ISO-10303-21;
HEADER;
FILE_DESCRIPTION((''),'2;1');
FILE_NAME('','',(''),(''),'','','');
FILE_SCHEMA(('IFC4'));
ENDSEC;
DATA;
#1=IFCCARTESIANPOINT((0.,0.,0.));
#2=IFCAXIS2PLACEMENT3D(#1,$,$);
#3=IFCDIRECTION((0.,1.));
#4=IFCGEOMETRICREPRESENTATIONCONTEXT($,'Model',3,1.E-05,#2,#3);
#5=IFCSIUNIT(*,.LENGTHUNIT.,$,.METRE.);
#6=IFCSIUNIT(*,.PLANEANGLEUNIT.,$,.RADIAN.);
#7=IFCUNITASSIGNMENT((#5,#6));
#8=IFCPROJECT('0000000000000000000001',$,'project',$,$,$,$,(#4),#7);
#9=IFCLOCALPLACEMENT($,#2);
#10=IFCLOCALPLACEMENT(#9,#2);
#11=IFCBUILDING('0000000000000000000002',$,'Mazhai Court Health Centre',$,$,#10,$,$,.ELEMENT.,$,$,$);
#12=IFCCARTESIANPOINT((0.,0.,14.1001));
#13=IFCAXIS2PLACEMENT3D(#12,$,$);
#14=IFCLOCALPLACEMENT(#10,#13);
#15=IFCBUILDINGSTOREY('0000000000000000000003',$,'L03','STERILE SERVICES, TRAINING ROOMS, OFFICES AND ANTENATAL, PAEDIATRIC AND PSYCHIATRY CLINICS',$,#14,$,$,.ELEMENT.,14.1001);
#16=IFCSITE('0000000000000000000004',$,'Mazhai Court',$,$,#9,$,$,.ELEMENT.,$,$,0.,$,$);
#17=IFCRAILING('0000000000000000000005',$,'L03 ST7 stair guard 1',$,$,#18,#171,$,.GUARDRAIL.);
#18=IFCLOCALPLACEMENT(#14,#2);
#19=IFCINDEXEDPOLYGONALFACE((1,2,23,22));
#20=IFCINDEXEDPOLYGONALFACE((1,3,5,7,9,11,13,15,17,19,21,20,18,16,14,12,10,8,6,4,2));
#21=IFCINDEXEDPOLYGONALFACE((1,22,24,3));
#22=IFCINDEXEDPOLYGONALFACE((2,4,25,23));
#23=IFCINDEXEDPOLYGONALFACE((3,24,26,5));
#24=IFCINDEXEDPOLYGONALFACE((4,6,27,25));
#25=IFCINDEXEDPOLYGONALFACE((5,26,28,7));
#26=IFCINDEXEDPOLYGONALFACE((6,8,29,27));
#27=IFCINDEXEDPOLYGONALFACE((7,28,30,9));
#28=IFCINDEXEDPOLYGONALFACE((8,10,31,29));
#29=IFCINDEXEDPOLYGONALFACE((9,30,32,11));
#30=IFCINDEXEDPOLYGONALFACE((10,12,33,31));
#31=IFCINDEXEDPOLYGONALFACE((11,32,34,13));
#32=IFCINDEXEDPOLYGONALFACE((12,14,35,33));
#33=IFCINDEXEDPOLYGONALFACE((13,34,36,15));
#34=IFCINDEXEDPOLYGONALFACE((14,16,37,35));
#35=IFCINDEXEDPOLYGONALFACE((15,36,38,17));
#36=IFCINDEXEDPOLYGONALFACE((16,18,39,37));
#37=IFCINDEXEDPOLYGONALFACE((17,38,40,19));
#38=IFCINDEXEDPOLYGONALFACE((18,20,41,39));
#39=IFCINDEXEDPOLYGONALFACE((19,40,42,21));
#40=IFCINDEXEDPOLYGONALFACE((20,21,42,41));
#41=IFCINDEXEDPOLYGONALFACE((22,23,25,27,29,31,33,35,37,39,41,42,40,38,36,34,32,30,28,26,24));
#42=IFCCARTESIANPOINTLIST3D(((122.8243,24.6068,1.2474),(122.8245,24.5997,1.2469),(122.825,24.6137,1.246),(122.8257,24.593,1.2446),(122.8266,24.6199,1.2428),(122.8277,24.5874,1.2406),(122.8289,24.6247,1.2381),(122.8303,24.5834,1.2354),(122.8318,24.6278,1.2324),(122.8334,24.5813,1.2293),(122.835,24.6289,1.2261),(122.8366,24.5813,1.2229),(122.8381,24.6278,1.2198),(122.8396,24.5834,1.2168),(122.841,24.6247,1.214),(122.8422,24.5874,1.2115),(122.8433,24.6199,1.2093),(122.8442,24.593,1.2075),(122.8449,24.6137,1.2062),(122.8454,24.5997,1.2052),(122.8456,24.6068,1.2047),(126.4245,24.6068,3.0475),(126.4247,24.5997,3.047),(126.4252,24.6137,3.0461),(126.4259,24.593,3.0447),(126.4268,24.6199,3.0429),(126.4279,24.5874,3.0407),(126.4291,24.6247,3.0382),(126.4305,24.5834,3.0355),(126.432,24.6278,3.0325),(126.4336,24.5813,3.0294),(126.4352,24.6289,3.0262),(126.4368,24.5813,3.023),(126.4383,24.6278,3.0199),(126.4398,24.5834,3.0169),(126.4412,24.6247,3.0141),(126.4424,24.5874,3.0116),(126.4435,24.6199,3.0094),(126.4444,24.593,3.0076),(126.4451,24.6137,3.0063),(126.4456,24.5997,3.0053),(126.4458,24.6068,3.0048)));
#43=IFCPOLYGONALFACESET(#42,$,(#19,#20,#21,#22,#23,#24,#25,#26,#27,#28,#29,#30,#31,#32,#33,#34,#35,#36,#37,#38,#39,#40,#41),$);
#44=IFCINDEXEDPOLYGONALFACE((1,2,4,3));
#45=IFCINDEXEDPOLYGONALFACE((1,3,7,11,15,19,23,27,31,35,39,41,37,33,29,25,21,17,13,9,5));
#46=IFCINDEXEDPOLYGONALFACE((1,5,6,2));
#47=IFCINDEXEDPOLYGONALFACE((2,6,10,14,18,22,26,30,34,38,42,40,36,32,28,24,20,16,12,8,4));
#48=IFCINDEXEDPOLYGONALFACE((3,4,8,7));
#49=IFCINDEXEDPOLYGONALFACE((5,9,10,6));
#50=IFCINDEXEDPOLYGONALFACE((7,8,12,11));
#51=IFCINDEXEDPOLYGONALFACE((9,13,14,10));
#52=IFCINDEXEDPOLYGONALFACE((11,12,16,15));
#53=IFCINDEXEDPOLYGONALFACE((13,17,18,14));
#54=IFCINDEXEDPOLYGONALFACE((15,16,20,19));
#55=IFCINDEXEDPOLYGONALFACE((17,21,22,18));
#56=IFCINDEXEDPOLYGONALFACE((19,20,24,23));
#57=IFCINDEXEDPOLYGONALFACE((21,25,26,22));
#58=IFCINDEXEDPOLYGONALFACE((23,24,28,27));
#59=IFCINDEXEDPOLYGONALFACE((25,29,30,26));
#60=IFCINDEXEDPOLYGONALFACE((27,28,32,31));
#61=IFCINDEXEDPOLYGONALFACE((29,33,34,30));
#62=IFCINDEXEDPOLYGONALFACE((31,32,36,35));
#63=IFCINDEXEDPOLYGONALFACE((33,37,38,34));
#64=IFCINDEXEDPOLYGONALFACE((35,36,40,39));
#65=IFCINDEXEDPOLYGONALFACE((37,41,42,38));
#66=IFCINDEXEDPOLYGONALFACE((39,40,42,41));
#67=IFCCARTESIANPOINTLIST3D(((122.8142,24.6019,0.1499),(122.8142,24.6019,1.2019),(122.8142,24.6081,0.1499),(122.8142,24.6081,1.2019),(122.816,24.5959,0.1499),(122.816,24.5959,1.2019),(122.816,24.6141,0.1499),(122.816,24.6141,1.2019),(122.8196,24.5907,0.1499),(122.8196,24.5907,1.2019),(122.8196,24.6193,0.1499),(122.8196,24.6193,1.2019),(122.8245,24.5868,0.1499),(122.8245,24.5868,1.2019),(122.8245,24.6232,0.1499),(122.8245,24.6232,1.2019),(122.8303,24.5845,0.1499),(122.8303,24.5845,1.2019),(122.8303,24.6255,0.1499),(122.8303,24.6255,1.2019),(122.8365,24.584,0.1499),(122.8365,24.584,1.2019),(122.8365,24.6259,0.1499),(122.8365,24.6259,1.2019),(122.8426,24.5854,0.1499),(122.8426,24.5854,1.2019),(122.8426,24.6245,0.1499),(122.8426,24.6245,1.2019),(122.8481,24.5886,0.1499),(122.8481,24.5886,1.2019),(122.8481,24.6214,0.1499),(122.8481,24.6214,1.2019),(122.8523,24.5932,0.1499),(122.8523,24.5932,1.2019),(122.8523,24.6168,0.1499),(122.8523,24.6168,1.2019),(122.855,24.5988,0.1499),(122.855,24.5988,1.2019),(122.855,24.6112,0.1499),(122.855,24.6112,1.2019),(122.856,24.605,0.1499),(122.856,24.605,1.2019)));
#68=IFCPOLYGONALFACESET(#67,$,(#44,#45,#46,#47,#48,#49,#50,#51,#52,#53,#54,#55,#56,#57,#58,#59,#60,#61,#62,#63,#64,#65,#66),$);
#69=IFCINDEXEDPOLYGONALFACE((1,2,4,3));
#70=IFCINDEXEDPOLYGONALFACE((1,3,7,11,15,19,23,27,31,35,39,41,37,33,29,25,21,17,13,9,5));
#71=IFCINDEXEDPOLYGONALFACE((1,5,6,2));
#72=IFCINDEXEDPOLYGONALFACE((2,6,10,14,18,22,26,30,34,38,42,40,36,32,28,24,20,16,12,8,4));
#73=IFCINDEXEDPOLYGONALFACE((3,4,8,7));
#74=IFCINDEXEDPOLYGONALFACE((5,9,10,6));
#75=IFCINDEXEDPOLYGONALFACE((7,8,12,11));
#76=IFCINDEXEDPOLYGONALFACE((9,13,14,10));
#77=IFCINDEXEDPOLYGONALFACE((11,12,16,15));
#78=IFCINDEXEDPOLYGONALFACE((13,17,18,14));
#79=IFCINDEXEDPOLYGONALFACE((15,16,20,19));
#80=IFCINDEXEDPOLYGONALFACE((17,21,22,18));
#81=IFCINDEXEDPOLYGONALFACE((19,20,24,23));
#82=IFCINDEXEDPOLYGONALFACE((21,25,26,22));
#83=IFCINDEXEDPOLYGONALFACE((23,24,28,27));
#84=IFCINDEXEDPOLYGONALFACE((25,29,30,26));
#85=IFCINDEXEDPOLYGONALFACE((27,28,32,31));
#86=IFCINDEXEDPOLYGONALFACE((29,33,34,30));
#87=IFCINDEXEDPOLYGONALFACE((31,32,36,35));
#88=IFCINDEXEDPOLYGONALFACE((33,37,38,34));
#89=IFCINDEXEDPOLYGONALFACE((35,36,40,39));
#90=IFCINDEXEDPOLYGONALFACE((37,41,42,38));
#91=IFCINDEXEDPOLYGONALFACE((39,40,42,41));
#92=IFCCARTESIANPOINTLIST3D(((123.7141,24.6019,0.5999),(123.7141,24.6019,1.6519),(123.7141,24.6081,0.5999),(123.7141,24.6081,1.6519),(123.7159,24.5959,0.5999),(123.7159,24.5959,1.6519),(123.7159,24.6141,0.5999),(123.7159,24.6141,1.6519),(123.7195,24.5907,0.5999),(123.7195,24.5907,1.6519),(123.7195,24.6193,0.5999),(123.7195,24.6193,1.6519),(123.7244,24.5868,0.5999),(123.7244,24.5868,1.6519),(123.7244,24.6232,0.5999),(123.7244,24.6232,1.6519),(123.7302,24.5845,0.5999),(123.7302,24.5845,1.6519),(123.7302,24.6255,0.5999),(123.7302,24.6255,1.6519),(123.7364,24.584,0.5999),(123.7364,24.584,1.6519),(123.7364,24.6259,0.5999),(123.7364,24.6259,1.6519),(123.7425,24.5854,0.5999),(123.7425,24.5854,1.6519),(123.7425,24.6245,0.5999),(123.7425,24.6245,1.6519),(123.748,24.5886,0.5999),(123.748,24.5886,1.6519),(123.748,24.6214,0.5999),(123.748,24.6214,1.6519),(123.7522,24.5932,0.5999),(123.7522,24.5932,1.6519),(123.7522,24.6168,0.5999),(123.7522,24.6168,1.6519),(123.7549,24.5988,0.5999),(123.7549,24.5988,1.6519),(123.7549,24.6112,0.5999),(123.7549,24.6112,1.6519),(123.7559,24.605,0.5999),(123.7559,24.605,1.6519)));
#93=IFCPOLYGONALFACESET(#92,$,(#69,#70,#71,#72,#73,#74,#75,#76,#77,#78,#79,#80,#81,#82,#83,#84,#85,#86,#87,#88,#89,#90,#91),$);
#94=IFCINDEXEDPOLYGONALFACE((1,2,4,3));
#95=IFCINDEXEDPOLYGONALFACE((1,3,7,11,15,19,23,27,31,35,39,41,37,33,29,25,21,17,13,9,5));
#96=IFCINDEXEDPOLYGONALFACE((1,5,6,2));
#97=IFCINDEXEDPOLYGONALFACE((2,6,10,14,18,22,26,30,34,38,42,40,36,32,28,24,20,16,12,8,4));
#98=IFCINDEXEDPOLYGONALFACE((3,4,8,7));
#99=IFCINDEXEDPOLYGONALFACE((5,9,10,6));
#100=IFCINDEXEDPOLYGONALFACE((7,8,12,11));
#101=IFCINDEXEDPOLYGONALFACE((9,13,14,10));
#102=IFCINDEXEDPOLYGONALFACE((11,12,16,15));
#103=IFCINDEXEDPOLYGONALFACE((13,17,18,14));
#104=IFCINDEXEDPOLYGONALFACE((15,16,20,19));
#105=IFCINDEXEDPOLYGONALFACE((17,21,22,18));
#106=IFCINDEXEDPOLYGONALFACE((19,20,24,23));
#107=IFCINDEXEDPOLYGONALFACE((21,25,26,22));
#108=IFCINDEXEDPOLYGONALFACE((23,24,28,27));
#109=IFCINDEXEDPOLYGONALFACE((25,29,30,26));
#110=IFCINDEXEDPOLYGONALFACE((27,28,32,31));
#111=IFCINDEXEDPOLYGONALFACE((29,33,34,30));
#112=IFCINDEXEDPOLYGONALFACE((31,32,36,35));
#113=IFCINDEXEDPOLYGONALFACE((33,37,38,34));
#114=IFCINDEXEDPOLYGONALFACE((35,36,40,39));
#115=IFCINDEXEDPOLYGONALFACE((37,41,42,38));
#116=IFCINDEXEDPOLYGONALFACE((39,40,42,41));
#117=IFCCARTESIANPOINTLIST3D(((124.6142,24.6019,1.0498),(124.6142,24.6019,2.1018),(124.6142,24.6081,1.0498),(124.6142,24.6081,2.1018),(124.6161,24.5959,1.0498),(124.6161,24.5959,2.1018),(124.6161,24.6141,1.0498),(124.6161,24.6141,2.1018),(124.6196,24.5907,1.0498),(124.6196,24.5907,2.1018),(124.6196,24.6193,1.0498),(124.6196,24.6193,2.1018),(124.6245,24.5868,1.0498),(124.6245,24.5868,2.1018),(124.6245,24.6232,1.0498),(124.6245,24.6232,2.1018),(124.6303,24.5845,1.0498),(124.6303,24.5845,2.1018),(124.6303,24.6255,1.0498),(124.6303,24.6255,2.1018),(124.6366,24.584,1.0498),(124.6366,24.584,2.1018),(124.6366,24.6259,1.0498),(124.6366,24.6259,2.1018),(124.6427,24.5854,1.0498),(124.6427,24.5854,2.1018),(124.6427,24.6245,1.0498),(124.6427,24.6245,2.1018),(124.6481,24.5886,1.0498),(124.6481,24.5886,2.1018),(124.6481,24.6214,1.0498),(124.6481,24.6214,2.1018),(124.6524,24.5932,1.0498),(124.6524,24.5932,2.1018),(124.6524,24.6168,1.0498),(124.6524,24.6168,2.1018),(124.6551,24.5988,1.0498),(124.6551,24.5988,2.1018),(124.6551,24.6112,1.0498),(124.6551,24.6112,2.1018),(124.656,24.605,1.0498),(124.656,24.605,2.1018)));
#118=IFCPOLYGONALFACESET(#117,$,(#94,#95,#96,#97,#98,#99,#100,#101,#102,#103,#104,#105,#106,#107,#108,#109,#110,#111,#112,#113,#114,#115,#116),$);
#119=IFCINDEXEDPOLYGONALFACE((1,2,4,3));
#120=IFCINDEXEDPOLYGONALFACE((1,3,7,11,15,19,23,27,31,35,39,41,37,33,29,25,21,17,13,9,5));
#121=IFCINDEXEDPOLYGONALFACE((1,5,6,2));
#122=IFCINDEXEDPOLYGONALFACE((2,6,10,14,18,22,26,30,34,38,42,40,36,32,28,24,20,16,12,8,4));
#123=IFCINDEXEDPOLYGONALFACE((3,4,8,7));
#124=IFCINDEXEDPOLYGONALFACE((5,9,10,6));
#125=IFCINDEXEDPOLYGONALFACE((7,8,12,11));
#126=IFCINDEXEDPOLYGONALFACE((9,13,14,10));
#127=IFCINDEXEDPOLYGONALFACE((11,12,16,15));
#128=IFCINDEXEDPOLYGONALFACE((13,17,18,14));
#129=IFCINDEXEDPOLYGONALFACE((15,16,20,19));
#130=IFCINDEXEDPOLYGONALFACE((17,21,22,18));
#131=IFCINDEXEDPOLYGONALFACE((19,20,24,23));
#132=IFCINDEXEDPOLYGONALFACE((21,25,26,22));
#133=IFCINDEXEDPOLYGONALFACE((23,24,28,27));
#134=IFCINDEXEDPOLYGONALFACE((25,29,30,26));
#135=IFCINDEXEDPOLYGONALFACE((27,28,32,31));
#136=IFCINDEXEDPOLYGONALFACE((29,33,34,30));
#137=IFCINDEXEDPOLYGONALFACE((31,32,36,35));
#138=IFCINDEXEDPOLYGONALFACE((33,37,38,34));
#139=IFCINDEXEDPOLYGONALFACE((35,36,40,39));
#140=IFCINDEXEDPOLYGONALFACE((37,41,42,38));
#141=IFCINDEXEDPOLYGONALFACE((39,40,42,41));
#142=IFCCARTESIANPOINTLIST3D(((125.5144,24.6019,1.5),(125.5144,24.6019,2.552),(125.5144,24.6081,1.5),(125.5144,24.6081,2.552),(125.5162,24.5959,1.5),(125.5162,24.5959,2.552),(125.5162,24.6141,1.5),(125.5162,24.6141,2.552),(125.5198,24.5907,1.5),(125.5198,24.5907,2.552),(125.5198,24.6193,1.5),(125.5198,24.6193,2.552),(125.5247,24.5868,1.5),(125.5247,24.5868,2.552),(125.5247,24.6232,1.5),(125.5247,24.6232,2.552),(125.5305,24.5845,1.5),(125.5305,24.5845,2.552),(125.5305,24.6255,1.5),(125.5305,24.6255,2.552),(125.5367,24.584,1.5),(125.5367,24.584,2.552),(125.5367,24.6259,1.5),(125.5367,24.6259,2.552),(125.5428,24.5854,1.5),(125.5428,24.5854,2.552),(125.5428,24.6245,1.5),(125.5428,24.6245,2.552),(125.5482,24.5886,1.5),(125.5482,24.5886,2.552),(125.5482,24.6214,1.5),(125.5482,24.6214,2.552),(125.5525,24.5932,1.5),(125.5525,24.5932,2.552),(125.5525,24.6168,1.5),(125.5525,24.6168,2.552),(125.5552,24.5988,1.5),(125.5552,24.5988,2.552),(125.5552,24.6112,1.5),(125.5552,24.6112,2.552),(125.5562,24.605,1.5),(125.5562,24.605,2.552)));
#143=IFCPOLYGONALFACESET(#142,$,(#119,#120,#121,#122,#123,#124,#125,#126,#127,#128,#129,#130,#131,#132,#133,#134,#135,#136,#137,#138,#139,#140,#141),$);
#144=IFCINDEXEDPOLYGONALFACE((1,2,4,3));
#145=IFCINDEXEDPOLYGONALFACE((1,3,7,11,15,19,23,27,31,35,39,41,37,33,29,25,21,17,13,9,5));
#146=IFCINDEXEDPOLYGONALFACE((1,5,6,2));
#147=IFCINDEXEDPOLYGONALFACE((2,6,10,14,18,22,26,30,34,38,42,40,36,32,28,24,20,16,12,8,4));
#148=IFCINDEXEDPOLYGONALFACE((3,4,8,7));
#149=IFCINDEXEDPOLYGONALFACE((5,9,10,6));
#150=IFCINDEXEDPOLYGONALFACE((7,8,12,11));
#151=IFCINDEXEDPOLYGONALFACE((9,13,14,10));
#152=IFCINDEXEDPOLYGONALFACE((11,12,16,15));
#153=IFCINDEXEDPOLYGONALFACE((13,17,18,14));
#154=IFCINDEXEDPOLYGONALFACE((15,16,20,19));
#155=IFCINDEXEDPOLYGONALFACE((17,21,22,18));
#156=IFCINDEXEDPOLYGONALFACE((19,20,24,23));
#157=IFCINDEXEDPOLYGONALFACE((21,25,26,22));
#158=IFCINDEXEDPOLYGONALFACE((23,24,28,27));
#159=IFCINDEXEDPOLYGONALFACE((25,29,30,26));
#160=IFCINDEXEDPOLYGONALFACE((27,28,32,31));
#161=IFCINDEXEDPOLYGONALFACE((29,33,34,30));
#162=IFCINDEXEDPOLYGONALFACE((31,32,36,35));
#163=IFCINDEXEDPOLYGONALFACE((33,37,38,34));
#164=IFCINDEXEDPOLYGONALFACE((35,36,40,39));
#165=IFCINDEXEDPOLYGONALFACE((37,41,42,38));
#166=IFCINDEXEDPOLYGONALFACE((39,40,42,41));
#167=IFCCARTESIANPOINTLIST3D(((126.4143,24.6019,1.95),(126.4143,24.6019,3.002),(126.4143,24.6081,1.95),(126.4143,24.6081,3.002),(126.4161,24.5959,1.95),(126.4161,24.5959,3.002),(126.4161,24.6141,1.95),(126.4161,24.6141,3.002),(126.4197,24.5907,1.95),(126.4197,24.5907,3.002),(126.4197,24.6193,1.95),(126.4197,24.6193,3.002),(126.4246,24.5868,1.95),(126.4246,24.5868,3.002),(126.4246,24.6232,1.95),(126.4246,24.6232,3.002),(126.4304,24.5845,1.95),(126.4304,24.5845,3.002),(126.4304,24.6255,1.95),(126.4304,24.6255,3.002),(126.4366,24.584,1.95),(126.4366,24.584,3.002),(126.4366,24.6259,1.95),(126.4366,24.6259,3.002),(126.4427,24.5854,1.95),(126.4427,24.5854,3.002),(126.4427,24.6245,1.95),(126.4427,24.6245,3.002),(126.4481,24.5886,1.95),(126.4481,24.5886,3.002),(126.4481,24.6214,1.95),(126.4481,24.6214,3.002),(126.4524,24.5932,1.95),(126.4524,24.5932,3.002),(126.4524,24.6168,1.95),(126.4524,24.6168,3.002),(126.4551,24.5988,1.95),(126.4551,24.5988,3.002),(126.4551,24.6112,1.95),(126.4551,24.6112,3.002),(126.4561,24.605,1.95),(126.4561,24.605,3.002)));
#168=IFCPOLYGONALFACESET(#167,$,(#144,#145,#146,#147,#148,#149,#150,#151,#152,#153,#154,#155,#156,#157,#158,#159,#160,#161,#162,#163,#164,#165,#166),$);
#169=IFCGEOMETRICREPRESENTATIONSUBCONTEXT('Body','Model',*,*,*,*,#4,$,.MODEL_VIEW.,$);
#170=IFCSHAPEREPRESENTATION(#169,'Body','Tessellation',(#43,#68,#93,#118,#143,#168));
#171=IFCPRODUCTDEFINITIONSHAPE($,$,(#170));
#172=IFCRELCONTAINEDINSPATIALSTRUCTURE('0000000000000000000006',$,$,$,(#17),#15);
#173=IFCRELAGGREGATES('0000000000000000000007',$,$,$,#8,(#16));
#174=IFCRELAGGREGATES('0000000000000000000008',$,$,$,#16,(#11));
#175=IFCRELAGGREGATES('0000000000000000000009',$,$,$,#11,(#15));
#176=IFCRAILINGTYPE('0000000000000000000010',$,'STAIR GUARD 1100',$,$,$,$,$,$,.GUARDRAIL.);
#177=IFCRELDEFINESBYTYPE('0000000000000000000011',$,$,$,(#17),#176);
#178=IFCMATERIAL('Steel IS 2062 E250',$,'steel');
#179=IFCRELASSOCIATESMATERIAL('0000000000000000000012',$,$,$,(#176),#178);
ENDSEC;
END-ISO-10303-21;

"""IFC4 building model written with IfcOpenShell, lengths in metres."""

from ifc_helpers import new_model, si_unit, direction, frame, origin, origin_2d, place, context, subcontext, project, spatial, circle, extrude, material, type_object, element, save


model = new_model("IFC4")

# Units and contexts
model_context = context("Model", 3, precision=1e-05, world=origin(), true_north=direction((0.0, 1.0)))
body_context = subcontext(model_context, "Body", "Model", "MODEL_VIEW")
ifc_project = project(units=[si_unit("LENGTHUNIT", "METRE"), si_unit("PLANEANGLEUNIT", "RADIAN")], contexts=[model_context])

# Site, building, storey
site_placement = place(None, origin())
site = spatial("IfcSite", under=ifc_project, at=site_placement, Name="Mazhai Court", CompositionType="ELEMENT", RefElevation=0.0)
building_placement = place(site_placement, origin())
building = spatial("IfcBuilding", under=site, at=building_placement, Name="Mazhai Court Health Centre", CompositionType="ELEMENT")
storey_placement = place(building_placement, frame((0.0, 0.0, 14.1001)))
storey = spatial("IfcBuildingStorey", under=building, at=storey_placement, Name="L03", Description="STERILE SERVICES, TRAINING ROOMS, OFFICES AND ANTENATAL, PAEDIATRIC AND PSYCHIATRY CLINICS", CompositionType="ELEMENT", Elevation=14.1001)

# Railing
ifc_material_1 = material(Name="Steel IS 2062 E250", Category="steel")
railing_type_1 = type_object("IfcRailingType", Name="STAIR GUARD 1100", PredefinedType="GUARDRAIL", material=ifc_material_1)
railing_1_placement = place(storey_placement, frame((122.835, 24.605, 0.1499)))
element("IfcRailing", 1, at=railing_1_placement, inside=storey, type_object=railing_type_1, Name="L03 ST7 stair guard 1", PredefinedType="GUARDRAIL", context=body_context, shape_type="SweptSolid", body=[
    extrude(circle(Radius=0.0239, at=origin_2d()), frame((0.0, 0.0, 1.0762), z_axis=(0.894427, 0.0, 0.447214), x_axis=(0.0, 1.0, 0.0)), (0.0, 0.0, 1.0), 4.0251),
    extrude(circle(Radius=0.021, at=origin_2d()), origin(), (0.0, 0.0, 1.0), 1.052),
    extrude(circle(Radius=0.021, at=origin_2d()), frame((0.8999, 0.0, 0.45)), (0.0, 0.0, 1.0), 1.052),
    extrude(circle(Radius=0.021, at=origin_2d()), frame((1.8, 0.0, 0.8999)), (0.0, 0.0, 1.0), 1.052),
    extrude(circle(Radius=0.021, at=origin_2d()), frame((2.7002, 0.0, 1.3501)), (0.0, 0.0, 1.0), 1.052),
    extrude(circle(Radius=0.021, at=origin_2d()), frame((3.6001, 0.0, 1.8)), (0.0, 0.0, 1.0), 1.052),
])

save(model, "model.ifc")
